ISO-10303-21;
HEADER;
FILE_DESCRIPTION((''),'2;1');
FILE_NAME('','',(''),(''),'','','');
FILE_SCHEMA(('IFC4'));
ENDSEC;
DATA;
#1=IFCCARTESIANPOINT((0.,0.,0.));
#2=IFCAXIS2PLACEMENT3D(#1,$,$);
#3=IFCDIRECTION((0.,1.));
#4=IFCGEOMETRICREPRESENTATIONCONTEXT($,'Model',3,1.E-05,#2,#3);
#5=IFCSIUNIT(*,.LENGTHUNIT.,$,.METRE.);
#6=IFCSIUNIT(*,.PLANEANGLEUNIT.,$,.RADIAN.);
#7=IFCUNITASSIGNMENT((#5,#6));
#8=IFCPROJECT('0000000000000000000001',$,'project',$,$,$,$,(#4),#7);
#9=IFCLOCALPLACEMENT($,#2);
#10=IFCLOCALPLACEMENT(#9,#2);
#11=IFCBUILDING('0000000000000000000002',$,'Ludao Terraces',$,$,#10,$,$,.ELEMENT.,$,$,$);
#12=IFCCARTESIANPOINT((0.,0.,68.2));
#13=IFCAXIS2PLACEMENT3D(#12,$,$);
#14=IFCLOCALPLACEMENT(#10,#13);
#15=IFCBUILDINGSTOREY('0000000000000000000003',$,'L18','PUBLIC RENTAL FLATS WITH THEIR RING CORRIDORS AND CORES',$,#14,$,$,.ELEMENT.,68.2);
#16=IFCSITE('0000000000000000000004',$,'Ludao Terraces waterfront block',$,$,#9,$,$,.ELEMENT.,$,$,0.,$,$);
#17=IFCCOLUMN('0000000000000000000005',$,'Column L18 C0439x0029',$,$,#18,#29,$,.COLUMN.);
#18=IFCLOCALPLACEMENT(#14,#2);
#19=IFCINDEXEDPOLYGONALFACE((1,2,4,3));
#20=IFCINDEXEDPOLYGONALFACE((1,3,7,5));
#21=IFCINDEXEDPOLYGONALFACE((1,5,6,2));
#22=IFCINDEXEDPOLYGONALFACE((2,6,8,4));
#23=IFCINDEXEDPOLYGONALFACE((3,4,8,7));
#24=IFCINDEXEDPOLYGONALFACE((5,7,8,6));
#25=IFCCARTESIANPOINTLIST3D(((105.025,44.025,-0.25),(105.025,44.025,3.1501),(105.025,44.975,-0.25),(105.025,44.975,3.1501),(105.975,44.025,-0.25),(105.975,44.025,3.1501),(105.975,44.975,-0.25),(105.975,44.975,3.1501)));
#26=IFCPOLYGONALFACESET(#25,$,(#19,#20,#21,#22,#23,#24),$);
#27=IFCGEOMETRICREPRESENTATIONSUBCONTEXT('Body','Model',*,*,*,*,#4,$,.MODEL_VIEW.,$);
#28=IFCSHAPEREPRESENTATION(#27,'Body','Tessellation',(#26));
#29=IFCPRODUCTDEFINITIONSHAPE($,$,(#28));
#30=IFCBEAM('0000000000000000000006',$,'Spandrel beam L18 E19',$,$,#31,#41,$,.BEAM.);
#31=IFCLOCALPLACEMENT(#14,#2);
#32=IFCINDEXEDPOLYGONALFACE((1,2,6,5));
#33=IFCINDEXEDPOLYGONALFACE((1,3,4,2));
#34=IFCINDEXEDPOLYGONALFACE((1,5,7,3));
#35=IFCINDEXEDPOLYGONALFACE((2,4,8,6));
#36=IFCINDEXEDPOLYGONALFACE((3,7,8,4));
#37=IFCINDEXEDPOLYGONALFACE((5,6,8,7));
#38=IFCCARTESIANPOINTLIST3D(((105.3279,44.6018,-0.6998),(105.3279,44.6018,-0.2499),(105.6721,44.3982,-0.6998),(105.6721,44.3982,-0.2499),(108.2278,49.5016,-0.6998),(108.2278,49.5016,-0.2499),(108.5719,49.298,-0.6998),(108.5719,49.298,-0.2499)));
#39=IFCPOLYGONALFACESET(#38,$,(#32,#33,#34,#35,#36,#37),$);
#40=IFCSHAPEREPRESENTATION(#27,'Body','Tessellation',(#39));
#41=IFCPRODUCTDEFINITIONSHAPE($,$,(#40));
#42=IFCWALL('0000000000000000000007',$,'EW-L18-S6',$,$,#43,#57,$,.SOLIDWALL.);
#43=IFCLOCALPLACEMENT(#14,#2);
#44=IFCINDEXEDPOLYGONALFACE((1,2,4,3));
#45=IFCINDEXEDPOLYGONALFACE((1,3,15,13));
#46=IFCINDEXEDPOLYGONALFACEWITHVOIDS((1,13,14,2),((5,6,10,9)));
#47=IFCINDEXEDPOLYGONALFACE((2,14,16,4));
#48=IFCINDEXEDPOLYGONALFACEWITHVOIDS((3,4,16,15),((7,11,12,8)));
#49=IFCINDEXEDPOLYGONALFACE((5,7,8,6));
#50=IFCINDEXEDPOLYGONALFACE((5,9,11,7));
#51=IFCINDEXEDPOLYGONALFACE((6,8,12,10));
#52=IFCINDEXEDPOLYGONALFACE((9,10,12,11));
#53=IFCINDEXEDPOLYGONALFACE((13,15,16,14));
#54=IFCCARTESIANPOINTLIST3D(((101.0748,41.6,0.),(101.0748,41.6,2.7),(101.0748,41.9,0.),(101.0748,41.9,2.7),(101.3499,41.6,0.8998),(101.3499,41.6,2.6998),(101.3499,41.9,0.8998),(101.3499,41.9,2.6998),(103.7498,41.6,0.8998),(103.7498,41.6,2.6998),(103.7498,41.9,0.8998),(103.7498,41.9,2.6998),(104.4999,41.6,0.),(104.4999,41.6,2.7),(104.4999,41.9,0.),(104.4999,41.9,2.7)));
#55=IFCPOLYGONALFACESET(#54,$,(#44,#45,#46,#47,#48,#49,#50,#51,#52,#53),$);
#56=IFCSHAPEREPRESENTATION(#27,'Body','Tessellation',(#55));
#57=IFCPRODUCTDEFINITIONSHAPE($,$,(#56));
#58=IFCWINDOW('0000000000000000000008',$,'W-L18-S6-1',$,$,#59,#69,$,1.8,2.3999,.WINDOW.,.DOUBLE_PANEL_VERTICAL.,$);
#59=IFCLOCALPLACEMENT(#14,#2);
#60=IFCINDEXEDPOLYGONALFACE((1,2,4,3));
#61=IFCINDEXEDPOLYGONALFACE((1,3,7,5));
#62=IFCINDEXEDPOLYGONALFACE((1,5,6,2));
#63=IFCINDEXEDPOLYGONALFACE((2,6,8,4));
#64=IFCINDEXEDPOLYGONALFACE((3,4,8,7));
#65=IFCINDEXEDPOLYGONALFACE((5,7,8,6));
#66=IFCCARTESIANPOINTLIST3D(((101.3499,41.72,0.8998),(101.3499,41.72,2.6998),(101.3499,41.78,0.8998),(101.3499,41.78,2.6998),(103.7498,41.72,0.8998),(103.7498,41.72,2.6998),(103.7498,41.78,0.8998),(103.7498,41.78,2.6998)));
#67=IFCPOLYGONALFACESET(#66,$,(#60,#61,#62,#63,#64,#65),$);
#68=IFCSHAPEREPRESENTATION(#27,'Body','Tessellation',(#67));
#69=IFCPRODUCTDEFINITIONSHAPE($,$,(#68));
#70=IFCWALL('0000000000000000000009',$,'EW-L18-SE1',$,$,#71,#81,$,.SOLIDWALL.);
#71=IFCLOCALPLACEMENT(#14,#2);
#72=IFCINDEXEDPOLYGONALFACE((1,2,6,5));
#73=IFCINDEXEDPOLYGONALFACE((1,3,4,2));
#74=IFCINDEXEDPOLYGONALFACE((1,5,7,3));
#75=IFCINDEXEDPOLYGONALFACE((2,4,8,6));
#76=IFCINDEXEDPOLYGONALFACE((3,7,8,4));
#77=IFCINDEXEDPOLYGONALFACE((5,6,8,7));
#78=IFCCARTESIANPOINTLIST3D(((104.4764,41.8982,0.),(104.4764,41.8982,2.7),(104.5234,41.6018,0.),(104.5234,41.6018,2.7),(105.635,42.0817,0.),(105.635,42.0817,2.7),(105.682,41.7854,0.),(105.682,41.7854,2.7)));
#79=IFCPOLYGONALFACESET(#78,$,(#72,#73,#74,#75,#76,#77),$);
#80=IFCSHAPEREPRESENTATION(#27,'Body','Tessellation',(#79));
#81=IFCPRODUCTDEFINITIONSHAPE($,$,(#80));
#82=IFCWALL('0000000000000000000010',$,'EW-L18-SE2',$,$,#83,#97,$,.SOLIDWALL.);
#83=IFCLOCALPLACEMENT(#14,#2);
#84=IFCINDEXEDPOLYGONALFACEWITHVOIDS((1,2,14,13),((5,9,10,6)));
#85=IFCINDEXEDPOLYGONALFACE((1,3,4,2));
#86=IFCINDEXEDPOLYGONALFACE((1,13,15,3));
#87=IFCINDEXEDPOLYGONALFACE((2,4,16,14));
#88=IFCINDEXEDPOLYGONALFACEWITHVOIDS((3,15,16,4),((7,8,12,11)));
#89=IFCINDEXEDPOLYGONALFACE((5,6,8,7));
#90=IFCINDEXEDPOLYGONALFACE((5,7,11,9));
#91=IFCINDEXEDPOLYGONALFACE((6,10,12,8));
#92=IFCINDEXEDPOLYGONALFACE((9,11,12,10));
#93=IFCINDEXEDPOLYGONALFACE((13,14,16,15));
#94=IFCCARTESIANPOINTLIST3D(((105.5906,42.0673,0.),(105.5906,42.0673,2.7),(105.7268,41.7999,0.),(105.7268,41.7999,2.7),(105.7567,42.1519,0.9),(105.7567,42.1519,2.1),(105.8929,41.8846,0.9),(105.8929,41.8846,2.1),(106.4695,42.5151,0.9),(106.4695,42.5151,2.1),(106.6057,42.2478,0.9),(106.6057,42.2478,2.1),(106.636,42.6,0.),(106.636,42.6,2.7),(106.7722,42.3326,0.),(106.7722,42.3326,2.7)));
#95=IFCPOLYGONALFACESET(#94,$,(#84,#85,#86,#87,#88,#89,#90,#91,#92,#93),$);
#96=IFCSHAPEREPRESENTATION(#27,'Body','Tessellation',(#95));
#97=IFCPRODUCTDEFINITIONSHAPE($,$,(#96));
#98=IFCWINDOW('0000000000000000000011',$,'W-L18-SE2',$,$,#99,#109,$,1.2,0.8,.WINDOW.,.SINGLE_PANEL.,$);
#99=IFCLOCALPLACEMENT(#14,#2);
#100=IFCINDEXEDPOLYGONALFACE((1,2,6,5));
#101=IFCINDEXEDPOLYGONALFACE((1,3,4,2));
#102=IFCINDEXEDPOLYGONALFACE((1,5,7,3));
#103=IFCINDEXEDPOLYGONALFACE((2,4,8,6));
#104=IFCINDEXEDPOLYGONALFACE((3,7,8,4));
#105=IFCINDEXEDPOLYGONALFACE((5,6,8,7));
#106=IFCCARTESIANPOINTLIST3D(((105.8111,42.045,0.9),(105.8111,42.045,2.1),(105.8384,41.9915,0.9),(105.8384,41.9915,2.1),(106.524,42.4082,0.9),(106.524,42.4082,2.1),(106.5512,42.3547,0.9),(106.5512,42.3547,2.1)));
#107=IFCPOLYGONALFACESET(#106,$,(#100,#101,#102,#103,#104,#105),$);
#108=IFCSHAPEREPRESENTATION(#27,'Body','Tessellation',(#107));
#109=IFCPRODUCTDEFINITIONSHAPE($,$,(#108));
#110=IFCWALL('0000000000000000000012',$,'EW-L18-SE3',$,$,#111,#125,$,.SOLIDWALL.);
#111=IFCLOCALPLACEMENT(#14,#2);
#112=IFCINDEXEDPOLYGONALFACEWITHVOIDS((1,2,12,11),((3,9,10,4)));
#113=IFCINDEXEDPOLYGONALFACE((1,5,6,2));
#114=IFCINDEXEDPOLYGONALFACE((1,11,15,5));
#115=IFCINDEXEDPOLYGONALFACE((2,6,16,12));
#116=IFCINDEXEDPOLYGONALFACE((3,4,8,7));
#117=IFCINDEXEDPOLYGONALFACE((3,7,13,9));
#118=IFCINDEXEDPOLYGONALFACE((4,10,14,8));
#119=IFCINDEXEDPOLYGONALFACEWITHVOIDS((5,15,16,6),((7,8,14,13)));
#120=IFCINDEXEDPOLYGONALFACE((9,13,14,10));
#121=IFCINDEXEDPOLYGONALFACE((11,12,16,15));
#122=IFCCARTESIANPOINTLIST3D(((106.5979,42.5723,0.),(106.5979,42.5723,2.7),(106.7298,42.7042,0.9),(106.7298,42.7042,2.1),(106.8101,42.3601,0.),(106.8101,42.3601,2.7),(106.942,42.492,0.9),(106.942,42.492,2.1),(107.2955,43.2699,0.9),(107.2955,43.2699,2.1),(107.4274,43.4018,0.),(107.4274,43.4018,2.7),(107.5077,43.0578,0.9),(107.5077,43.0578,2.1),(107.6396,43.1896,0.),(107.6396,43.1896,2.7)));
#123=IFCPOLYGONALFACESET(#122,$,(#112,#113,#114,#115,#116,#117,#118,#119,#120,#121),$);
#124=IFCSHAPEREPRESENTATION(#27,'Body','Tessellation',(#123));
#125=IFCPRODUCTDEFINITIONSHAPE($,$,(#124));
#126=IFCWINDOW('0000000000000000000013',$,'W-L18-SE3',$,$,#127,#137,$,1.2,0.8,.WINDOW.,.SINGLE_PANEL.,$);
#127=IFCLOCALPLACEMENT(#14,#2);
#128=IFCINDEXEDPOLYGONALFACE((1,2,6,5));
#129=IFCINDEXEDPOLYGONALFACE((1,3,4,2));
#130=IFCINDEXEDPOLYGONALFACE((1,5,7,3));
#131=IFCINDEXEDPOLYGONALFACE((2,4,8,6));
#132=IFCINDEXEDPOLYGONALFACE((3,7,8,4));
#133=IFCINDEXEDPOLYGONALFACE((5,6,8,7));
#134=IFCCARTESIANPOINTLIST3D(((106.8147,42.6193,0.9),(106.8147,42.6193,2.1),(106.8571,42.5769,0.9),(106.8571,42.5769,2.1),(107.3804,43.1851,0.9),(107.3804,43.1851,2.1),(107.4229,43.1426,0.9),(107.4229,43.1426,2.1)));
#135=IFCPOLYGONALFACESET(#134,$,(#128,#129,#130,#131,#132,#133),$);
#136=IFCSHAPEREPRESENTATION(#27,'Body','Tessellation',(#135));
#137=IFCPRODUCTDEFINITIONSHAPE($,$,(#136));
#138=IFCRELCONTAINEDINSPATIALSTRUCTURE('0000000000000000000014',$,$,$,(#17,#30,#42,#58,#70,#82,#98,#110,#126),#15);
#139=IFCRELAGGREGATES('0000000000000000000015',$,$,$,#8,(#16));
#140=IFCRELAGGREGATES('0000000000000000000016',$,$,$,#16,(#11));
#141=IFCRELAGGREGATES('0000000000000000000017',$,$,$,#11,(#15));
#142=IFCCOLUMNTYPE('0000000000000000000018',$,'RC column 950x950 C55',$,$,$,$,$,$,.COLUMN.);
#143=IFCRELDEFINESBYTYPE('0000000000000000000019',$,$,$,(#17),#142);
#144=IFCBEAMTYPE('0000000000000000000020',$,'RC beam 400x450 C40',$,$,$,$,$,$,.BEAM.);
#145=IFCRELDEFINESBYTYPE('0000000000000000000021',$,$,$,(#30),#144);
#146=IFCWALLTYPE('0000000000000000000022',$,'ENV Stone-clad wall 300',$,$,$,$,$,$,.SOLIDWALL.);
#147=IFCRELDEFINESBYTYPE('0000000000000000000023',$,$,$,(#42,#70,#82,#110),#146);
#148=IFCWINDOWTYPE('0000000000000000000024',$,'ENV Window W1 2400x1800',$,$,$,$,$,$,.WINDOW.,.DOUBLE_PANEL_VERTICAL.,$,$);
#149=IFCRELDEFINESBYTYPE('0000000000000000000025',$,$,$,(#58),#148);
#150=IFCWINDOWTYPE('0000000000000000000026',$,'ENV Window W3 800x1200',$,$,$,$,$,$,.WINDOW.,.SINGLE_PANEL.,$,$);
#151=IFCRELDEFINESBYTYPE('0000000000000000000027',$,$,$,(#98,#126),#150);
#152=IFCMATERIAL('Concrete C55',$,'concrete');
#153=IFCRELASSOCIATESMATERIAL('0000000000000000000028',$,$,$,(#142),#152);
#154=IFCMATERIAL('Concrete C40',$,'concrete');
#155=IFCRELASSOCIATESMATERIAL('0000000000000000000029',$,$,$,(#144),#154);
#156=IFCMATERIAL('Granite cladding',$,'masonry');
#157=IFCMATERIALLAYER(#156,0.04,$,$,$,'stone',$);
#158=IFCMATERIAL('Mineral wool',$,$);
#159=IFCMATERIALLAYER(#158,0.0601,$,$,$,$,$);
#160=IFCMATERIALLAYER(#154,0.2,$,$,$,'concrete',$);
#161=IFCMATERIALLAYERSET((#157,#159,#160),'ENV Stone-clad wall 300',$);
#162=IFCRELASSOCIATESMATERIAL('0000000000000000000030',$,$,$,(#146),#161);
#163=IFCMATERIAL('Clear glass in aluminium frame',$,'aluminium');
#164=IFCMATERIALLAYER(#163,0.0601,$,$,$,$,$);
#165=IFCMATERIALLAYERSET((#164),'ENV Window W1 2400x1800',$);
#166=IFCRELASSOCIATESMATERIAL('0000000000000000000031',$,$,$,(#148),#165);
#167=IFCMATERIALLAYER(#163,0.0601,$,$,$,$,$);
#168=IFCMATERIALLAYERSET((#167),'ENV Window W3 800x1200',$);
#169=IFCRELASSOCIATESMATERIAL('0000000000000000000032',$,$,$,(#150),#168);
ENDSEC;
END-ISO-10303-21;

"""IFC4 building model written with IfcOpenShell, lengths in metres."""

from ifc_helpers import new_model, si_unit, direction, frame, frame_2d, origin, origin_2d, place, context, subcontext, project, spatial, rectangle, extrude, material, layer, layer_set, material_profile, profile_set, type_object, element, fill, save


model = new_model("IFC4")

# Units and contexts
model_context = context("Model", 3, precision=1e-05, world=origin(), true_north=direction((0.0, 1.0)))
body_context = subcontext(model_context, "Body", "Model", "MODEL_VIEW")
ifc_project = project(units=[si_unit("LENGTHUNIT", "METRE"), si_unit("PLANEANGLEUNIT", "RADIAN")], contexts=[model_context])

# Site, building, storey
site_placement = place(None, origin())
site = spatial("IfcSite", under=ifc_project, at=site_placement, Name="Ludao Terraces waterfront block", CompositionType="ELEMENT", RefElevation=0.0)
building_placement = place(site_placement, origin())
building = spatial("IfcBuilding", under=site, at=building_placement, Name="Ludao Terraces", CompositionType="ELEMENT")
storey_placement = place(building_placement, frame((0.0, 0.0, 68.2)))
storey = spatial("IfcBuildingStorey", under=building, at=storey_placement, Name="L18", Description="PUBLIC RENTAL FLATS WITH THEIR RING CORRIDORS AND CORES", CompositionType="ELEMENT", Elevation=68.2)

# Column
ifc_material_1 = material(Name="Concrete C55", Category="concrete")
ifc_material_profile_1 = material_profile(ifc_material_1, rectangle(XDim=0.95, YDim=0.95, at=origin_2d()), Name="950 X 950")
ifc_profile_set_1 = profile_set([ifc_material_profile_1], Name="Concrete C55")
column_type = type_object("IfcColumnType", Name="RC column 950x950 C55", PredefinedType="COLUMN", material=ifc_profile_set_1)
column_placement = place(storey_placement, frame((105.5, 44.5, -0.25), z_axis=(0.0, 0.0, 1.0), x_axis=(1.0, 0.0, 0.0)))
element("IfcColumn", 1, at=column_placement, inside=storey, type_object=column_type, Name="Column L18 C0439x0029", PredefinedType="COLUMN", context=body_context, shape_type="SweptSolid", body=[
    extrude(rectangle(XDim=0.95, YDim=0.95, at=origin_2d()), origin(), (0.0, 0.0, 1.0), 3.4001),
])

# Beam
ifc_material_2 = material(Name="Concrete C40", Category="concrete")
ifc_material_profile_2 = material_profile(ifc_material_2, rectangle(XDim=0.3999, YDim=0.45, at=origin_2d()), Name="400 X 450")
ifc_profile_set_2 = profile_set([ifc_material_profile_2], Name="Concrete C40")
beam_type = type_object("IfcBeamType", Name="RC beam 400x450 C40", PredefinedType="BEAM", material=ifc_profile_set_2)
beam_placement = place(storey_placement, frame((105.5, 44.5, -0.4749), z_axis=(0.509316, 0.86058, 0.0), x_axis=(-0.86058, 0.509316, 0.0)))
element("IfcBeam", 2, at=beam_placement, inside=storey, type_object=beam_type, Name="Spandrel beam L18 E19", PredefinedType="BEAM", context=body_context, shape_type="SweptSolid", body=[
    extrude(rectangle(XDim=0.3999, YDim=0.45, at=origin_2d()), origin(), (0.0, 0.0, 1.0), 5.6936),
])

# Wall, opening, window
ifc_material_3 = material(Name="Granite cladding", Category="masonry")
ifc_layer_1 = layer(ifc_material_3, 0.04, Category="stone")
ifc_material_4 = material(Name="Mineral wool")
ifc_layer_2 = layer(ifc_material_4, 0.0601)
ifc_layer_3 = layer(ifc_material_2, 0.2, Category="concrete")
ifc_layer_set_1 = layer_set([ifc_layer_1, ifc_layer_2, ifc_layer_3], Name="ENV Stone-clad wall 300")
wall_type_1 = type_object("IfcWallType", Name="ENV Stone-clad wall 300", PredefinedType="SOLIDWALL", material=ifc_layer_set_1)
wall_1_placement = place(storey_placement, frame((101.075, 41.75, 0.0), z_axis=(0.0, 0.0, 1.0), x_axis=(1.0, 0.0, 0.0)))
wall_1 = element("IfcWall", 3, at=wall_1_placement, inside=storey, type_object=wall_type_1, Name="EW-L18-S6", PredefinedType="SOLIDWALL", context=body_context, shape_type="SweptSolid", body=[
    extrude(rectangle(XDim=3.425, YDim=0.3, at=frame_2d((1.7124, 0.0))), origin(), (0.0, 0.0, 1.0), 2.7),
])
opening_1_placement = place(wall_1_placement, frame((0.2749, 0.0, 0.8999)))
opening_1 = element("IfcOpeningElement", 4, at=opening_1_placement, cuts=wall_1, PredefinedType="OPENING", context=body_context, shape_type="SweptSolid", body=[
    extrude(rectangle(XDim=2.3999, YDim=1.8, at=frame_2d((1.2, 0.8999))), frame((0.0, 0.1602, 0.0), z_axis=(0.0, -1.0, 0.0), x_axis=(1.0, 0.0, 0.0)), (0.0, 0.0, 1.0), 0.3201),
])
ifc_material_5 = material(Name="Clear glass in aluminium frame", Category="aluminium")
ifc_layer_4 = layer(ifc_material_5, 0.0601)
ifc_layer_set_2 = layer_set([ifc_layer_4], Name="ENV Window W1 2400x1800")
window_type_1 = type_object("IfcWindowType", Name="ENV Window W1 2400x1800", PartitioningType="DOUBLE_PANEL_VERTICAL", PredefinedType="WINDOW", material=ifc_layer_set_2)
window_1_placement = place(opening_1_placement, origin())
window_1 = element("IfcWindow", 5, at=window_1_placement, inside=storey, type_object=window_type_1, Name="W-L18-S6-1", OverallHeight=1.8, OverallWidth=2.3999, PartitioningType="DOUBLE_PANEL_VERTICAL", PredefinedType="WINDOW", context=body_context, shape_type="SweptSolid", body=[
    extrude(rectangle(XDim=2.3999, YDim=1.8, at=frame_2d((1.2, 0.8999))), frame((0.0, 0.03, 0.0), z_axis=(0.0, -1.0, 0.0), x_axis=(1.0, 0.0, 0.0)), (0.0, 0.0, 1.0), 0.0601),
])
fill(opening_1, window_1)

# Wall
wall_2_placement = place(storey_placement, frame((104.5, 41.75, 0.0), z_axis=(0.0, 0.0, 1.0), x_axis=(0.987678, 0.156497, 0.0)))
element("IfcWall", 6, at=wall_2_placement, inside=storey, type_object=wall_type_1, Name="EW-L18-SE1", PredefinedType="SOLIDWALL", context=body_context, shape_type="SweptSolid", body=[
    extrude(rectangle(XDim=1.1731, YDim=0.3, at=frame_2d((0.5864, 0.0))), origin(), (0.0, 0.0, 1.0), 2.7),
])

# Walls, openings, windows
wall_3_placement = place(storey_placement, frame((105.6587, 41.9336, 0.0), z_axis=(0.0, 0.0, 1.0), x_axis=(0.890989, 0.454026, 0.0)))
wall_3 = element("IfcWall", 7, at=wall_3_placement, inside=storey, type_object=wall_type_1, Name="EW-L18-SE2", PredefinedType="SOLIDWALL", context=body_context, shape_type="SweptSolid", body=[
    extrude(rectangle(XDim=1.1733, YDim=0.3, at=frame_2d((0.5867, 0.0))), origin(), (0.0, 0.0, 1.0), 2.7),
])
opening_2_placement = place(wall_3_placement, frame((0.1865, 0.0, 0.8999)))
opening_2 = element("IfcOpeningElement", 8, at=opening_2_placement, cuts=wall_3, PredefinedType="OPENING", context=body_context, shape_type="SweptSolid", body=[
    extrude(rectangle(XDim=0.8, YDim=1.2, at=frame_2d((0.3999, 0.6001))), frame((0.0, 0.1602, 0.0), z_axis=(0.0, -1.0, 0.0), x_axis=(1.0, 0.0, 0.0)), (0.0, 0.0, 1.0), 0.3201),
])
ifc_layer_5 = layer(ifc_material_5, 0.0601)
ifc_layer_set_3 = layer_set([ifc_layer_5], Name="ENV Window W3 800x1200")
window_type_2 = type_object("IfcWindowType", Name="ENV Window W3 800x1200", PartitioningType="SINGLE_PANEL", PredefinedType="WINDOW", material=ifc_layer_set_3)
window_2_placement = place(opening_2_placement, origin())
window_2 = element("IfcWindow", 9, at=window_2_placement, inside=storey, type_object=window_type_2, Name="W-L18-SE2", OverallHeight=1.2, OverallWidth=0.8, PartitioningType="SINGLE_PANEL", PredefinedType="WINDOW", context=body_context, shape_type="SweptSolid", body=[
    extrude(rectangle(XDim=0.8, YDim=1.2, at=frame_2d((0.3999, 0.6001))), frame((0.0, 0.03, 0.0), z_axis=(0.0, -1.0, 0.0), x_axis=(1.0, 0.0, 0.0)), (0.0, 0.0, 1.0), 0.0601),
])
fill(opening_2, window_2)
wall_4_placement = place(storey_placement, frame((106.7041, 42.4663, 0.0), z_axis=(0.0, 0.0, 1.0), x_axis=(0.707107, 0.707107, 0.0)))
wall_4 = element("IfcWall", 10, at=wall_4_placement, inside=storey, type_object=wall_type_1, Name="EW-L18-SE3", PredefinedType="SOLIDWALL", context=body_context, shape_type="SweptSolid", body=[
    extrude(rectangle(XDim=1.1731, YDim=0.3, at=frame_2d((0.5864, 0.0))), origin(), (0.0, 0.0, 1.0), 2.7),
])
opening_3_placement = place(wall_4_placement, frame((0.1865, 0.0, 0.8999)))
opening_3 = element("IfcOpeningElement", 11, at=opening_3_placement, cuts=wall_4, PredefinedType="OPENING", context=body_context, shape_type="SweptSolid", body=[
    extrude(rectangle(XDim=0.8, YDim=1.2, at=frame_2d((0.3999, 0.6001))), frame((0.0, 0.1602, 0.0), z_axis=(0.0, -1.0, 0.0), x_axis=(1.0, 0.0, 0.0)), (0.0, 0.0, 1.0), 0.3201),
])
window_3_placement = place(opening_3_placement, origin())
window_3 = element("IfcWindow", 12, at=window_3_placement, inside=storey, type_object=window_type_2, Name="W-L18-SE3", OverallHeight=1.2, OverallWidth=0.8, PartitioningType="SINGLE_PANEL", PredefinedType="WINDOW", context=body_context, shape_type="SweptSolid", body=[
    extrude(rectangle(XDim=0.8, YDim=1.2, at=frame_2d((0.3999, 0.6001))), frame((0.0, 0.03, 0.0), z_axis=(0.0, -1.0, 0.0), x_axis=(1.0, 0.0, 0.0)), (0.0, 0.0, 1.0), 0.0601),
])
fill(opening_3, window_3)

save(model, "model.ifc")
